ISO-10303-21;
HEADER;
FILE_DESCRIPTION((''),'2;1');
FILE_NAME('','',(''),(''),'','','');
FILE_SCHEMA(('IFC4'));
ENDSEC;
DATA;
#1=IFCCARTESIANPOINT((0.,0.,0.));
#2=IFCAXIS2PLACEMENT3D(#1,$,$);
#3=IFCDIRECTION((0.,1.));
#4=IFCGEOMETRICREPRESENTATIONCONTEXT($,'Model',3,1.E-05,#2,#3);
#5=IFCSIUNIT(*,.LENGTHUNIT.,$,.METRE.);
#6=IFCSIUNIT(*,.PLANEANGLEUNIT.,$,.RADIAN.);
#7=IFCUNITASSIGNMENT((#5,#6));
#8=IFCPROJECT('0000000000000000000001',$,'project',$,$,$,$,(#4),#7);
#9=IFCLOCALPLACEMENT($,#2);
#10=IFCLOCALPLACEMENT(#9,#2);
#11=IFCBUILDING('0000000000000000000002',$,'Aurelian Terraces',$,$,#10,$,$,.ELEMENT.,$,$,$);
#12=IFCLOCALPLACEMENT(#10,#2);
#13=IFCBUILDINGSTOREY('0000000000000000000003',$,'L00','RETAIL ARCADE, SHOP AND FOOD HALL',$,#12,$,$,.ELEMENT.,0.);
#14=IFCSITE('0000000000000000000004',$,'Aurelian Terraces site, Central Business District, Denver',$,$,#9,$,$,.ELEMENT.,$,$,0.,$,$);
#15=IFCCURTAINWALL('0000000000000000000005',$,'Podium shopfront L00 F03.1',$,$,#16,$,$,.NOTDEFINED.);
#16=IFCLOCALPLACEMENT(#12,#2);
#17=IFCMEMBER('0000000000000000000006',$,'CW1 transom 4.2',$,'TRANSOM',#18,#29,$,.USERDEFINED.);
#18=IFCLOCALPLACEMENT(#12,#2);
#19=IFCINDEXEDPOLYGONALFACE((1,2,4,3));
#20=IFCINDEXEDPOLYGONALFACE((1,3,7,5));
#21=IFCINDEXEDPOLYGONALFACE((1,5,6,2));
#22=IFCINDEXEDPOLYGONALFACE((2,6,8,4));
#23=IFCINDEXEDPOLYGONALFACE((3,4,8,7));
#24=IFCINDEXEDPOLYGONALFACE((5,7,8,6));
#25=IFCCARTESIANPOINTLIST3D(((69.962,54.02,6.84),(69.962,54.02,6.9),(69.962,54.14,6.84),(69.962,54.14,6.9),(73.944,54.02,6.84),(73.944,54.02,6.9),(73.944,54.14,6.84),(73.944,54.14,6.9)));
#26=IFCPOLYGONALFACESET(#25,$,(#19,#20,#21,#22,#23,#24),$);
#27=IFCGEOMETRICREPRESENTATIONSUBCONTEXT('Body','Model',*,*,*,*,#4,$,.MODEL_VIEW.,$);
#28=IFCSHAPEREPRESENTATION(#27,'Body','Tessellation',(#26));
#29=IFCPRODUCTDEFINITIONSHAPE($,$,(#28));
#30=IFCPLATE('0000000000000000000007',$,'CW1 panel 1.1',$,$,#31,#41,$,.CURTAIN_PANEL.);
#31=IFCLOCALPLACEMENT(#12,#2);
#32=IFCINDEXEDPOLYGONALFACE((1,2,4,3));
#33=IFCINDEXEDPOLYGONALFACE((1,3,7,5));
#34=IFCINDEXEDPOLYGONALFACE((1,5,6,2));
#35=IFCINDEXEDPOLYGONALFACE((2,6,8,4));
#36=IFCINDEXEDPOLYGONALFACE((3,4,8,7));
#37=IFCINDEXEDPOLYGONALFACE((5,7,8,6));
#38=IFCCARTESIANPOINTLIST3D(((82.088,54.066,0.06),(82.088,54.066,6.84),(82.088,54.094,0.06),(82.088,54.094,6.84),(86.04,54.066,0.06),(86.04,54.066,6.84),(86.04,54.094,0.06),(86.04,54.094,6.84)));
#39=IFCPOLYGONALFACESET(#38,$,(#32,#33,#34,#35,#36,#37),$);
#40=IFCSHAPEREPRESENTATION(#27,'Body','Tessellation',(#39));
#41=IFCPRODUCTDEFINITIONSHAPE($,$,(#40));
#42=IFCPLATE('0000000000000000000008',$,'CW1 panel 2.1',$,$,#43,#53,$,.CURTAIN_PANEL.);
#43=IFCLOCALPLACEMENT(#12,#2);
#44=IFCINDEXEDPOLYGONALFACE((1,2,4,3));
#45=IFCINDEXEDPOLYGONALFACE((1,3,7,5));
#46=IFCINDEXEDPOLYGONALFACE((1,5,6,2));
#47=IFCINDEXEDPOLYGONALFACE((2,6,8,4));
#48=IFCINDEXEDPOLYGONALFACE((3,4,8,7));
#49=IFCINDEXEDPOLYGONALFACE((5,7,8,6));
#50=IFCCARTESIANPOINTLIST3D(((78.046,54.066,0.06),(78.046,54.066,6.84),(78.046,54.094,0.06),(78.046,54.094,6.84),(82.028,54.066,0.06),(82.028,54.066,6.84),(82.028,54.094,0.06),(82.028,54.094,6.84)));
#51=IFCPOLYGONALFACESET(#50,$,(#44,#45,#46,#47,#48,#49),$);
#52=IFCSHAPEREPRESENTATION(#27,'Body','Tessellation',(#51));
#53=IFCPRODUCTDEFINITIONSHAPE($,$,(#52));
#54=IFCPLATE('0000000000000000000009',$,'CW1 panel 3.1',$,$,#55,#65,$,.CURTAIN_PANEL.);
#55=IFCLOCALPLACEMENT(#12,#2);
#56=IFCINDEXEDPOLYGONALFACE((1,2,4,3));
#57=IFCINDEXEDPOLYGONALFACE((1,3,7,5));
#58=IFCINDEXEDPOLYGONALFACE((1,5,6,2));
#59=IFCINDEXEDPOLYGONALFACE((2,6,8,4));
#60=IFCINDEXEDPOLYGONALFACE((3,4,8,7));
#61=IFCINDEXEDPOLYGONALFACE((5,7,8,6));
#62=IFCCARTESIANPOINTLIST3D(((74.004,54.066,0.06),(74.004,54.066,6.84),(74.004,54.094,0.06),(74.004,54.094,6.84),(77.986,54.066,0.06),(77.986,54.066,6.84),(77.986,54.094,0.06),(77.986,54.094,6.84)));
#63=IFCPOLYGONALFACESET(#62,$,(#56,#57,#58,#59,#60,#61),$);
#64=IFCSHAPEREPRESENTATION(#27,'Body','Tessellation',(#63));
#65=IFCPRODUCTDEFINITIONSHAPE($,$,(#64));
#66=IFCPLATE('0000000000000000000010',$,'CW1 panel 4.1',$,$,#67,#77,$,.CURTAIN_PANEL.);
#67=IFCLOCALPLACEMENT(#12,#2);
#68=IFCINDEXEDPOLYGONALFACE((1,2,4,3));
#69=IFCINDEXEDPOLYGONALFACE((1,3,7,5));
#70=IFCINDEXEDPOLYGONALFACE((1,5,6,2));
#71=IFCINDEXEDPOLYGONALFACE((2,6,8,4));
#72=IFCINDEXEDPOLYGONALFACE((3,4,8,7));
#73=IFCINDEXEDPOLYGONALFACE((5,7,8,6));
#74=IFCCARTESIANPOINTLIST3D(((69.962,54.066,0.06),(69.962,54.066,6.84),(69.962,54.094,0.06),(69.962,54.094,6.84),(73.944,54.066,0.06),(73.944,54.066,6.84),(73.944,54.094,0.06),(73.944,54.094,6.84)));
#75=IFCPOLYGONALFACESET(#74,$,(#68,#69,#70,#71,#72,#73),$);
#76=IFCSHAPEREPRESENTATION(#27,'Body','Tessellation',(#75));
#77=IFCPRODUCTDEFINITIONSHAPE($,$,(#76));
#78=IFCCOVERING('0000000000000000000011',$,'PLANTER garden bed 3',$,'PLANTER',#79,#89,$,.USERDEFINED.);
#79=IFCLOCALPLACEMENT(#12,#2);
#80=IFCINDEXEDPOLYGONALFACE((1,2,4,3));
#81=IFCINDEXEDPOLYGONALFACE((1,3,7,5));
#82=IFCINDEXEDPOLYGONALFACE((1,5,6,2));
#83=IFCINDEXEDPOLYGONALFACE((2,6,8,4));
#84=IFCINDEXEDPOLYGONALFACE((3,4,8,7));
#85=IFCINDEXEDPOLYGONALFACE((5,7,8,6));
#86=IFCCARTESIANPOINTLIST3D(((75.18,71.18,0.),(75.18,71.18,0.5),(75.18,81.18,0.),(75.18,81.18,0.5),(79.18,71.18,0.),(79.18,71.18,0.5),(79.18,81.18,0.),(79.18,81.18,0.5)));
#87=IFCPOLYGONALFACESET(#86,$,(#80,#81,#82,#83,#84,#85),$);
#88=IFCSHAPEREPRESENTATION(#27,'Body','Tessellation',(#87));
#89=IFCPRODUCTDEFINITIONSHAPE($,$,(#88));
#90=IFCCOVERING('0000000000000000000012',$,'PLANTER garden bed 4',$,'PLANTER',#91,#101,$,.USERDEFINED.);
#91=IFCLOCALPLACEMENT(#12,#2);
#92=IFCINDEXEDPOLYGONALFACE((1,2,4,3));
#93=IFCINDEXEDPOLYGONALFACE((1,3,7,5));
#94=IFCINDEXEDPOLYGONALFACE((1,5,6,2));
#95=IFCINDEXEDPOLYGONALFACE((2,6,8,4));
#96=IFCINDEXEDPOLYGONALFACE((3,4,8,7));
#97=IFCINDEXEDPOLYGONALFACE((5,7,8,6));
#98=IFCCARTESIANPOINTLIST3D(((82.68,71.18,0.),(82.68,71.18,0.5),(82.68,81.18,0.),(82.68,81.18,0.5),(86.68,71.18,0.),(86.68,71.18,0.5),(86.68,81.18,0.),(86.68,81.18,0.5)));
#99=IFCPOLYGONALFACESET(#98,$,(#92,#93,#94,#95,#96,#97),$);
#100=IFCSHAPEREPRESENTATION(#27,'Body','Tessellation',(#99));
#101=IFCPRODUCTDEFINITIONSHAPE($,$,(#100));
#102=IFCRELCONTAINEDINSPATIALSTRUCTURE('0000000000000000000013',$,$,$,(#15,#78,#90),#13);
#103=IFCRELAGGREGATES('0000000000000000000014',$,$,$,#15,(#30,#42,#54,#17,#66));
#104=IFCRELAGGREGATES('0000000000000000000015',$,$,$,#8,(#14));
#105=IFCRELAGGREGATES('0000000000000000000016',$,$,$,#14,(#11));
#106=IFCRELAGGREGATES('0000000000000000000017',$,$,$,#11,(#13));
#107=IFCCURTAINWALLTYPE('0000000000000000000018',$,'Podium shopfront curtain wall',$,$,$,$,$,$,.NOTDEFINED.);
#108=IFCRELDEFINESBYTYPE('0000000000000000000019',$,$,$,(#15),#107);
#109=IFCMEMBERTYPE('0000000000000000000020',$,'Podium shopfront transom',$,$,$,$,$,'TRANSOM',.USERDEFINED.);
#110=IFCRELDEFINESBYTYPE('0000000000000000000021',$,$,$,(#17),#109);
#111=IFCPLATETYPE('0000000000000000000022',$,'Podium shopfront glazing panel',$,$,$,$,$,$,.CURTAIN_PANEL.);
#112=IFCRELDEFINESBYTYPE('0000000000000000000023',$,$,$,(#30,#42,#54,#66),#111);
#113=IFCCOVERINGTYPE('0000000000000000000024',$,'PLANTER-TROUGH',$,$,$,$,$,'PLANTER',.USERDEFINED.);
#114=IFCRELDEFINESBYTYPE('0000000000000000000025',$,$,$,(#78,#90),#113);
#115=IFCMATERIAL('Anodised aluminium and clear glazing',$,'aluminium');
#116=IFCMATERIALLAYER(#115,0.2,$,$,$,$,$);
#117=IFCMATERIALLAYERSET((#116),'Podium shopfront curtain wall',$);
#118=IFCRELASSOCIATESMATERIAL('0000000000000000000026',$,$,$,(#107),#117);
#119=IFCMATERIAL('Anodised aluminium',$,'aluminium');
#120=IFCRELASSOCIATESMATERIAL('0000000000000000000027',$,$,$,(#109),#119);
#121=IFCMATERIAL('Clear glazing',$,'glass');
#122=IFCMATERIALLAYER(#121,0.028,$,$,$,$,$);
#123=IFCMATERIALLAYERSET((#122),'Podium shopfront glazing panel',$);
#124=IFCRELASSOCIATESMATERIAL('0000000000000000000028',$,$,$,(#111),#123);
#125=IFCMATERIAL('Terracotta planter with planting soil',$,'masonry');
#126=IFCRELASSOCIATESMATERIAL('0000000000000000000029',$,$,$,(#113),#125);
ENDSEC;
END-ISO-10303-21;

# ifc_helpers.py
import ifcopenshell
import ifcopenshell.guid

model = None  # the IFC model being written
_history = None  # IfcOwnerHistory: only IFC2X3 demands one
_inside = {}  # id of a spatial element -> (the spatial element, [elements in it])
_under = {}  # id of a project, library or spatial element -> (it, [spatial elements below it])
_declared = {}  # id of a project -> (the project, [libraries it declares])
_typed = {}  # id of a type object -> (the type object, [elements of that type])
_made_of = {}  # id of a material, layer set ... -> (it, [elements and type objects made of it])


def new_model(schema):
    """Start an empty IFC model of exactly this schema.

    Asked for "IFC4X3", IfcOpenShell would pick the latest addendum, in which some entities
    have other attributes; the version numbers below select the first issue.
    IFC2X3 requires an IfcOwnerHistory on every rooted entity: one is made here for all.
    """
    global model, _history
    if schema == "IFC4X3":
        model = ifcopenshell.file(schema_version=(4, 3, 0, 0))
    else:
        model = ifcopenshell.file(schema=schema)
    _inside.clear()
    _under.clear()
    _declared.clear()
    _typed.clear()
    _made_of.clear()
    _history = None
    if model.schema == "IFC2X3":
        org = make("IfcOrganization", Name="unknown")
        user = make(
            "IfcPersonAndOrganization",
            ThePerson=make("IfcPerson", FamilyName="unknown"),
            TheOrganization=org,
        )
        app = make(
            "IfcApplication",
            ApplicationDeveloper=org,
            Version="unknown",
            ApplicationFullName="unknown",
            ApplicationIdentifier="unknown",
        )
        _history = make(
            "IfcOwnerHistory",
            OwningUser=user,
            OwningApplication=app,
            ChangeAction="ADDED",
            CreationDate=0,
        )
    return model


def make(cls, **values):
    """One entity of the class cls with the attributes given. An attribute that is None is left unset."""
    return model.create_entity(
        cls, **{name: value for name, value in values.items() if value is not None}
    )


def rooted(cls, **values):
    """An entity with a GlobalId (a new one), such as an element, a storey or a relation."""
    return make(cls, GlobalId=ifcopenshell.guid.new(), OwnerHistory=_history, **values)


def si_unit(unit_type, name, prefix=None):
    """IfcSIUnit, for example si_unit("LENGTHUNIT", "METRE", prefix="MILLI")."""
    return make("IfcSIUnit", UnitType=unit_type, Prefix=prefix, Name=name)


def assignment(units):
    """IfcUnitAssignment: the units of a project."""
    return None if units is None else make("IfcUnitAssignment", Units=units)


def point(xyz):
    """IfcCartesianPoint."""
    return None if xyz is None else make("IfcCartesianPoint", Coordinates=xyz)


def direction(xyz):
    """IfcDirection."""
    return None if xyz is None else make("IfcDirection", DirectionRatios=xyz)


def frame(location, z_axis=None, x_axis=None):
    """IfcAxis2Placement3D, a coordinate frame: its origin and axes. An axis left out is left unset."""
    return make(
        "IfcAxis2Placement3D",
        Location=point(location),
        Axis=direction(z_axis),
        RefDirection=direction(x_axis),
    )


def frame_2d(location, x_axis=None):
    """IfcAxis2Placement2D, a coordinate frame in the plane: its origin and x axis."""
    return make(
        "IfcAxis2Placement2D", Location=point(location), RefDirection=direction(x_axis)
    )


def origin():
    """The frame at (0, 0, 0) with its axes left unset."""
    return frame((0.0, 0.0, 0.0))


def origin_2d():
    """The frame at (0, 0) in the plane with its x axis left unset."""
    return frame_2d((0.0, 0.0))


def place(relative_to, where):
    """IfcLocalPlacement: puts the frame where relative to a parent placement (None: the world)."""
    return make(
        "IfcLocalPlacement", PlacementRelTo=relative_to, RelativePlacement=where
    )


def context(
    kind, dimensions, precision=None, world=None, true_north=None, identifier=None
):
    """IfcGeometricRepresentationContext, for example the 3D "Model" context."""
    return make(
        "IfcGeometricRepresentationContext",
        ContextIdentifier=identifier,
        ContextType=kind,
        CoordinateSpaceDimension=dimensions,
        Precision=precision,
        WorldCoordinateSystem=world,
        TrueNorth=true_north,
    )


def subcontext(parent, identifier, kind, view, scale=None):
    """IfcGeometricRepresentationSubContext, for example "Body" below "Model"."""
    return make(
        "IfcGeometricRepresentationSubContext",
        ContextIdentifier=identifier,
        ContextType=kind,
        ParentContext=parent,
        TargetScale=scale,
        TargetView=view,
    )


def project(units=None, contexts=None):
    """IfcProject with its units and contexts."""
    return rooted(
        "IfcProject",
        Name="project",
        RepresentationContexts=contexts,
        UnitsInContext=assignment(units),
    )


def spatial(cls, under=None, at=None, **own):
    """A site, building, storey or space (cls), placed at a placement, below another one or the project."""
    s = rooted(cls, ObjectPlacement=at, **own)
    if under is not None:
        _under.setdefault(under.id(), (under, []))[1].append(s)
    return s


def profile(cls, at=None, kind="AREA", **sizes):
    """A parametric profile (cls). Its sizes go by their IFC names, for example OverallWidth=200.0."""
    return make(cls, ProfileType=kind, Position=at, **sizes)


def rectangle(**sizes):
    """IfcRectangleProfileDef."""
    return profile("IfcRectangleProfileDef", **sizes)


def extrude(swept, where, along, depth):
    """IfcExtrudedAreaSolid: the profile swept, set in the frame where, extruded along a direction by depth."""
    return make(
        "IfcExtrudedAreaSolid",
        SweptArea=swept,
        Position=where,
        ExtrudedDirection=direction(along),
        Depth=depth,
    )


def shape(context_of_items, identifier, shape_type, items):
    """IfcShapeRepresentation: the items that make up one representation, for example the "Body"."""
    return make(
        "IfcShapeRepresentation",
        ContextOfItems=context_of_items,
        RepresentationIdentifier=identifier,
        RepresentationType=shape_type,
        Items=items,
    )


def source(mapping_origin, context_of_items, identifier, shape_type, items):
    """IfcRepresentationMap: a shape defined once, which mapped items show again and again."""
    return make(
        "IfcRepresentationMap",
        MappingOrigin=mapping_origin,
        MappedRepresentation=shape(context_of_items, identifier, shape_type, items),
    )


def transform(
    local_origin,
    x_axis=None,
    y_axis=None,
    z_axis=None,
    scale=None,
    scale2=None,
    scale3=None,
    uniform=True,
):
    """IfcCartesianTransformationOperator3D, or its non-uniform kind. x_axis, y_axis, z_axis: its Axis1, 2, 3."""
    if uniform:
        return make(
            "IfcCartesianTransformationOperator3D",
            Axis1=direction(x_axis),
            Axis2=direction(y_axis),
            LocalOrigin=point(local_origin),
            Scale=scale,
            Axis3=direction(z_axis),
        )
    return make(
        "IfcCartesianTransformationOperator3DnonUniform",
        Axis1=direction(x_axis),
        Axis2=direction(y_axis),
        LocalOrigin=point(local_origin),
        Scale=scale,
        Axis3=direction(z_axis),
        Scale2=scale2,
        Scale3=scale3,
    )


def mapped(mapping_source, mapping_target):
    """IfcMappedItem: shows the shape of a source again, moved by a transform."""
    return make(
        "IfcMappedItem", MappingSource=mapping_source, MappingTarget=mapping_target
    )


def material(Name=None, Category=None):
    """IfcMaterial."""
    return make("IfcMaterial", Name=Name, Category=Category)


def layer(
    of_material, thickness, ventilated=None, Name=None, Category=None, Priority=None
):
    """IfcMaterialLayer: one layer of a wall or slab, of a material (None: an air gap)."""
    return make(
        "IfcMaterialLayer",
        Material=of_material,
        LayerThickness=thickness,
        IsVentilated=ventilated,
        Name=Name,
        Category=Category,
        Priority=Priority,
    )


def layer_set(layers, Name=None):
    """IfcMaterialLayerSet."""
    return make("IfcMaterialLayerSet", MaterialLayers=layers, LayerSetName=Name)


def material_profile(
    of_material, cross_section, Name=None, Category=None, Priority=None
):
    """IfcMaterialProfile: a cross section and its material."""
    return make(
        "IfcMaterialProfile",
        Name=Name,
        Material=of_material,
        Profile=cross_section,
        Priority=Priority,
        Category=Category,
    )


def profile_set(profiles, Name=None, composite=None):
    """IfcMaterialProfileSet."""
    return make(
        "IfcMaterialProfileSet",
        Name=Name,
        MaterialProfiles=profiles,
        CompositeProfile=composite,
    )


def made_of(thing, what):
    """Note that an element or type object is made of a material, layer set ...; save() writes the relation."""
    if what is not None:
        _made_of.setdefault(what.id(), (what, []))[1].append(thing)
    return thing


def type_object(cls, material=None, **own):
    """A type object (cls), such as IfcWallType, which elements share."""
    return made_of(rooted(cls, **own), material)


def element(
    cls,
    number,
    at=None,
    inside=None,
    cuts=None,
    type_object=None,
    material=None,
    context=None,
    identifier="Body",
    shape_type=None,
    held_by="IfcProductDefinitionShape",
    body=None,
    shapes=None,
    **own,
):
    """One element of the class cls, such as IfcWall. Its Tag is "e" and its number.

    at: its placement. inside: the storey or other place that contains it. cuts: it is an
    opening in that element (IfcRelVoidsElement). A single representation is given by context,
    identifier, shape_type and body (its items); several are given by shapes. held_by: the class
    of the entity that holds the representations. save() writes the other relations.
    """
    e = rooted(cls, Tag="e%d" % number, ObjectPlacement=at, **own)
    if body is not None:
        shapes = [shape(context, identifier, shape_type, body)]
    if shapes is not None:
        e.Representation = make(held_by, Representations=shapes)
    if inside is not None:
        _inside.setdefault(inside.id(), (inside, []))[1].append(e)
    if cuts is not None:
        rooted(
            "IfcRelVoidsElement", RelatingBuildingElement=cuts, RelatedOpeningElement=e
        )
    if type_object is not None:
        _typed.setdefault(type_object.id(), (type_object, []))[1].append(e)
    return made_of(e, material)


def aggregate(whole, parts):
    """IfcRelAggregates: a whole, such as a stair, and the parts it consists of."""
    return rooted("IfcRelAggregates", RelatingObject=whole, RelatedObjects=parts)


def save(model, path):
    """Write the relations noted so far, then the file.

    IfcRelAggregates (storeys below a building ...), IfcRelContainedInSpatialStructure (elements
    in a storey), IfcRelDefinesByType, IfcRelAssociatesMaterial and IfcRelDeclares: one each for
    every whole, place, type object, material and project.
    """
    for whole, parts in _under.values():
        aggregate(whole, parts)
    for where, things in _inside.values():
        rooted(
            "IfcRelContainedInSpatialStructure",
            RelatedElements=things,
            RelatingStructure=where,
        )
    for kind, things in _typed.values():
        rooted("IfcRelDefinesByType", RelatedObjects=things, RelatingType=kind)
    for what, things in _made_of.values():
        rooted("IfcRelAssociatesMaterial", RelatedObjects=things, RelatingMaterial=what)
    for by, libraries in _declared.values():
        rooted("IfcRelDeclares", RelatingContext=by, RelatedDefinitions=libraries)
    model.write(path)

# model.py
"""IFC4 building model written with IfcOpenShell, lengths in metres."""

from ifc_helpers import new_model, si_unit, direction, frame, origin, origin_2d, place, context, subcontext, project, spatial, rectangle, extrude, source, transform, mapped, material, layer, layer_set, material_profile, profile_set, type_object, element, aggregate, save


model = new_model("IFC4")

# Units and contexts
model_context = context("Model", 3, precision=1e-05, world=origin(), true_north=direction((0.0, 1.0)))
body_context = subcontext(model_context, "Body", "Model", "MODEL_VIEW")
ifc_project = project(units=[si_unit("LENGTHUNIT", "METRE"), si_unit("PLANEANGLEUNIT", "RADIAN")], contexts=[model_context])

# Site, building, storey
site_placement = place(None, origin())
site = spatial("IfcSite", under=ifc_project, at=site_placement, Name="Aurelian Terraces site, Central Business District, Denver", CompositionType="ELEMENT", RefElevation=0.0)
building_placement = place(site_placement, origin())
building = spatial("IfcBuilding", under=site, at=building_placement, Name="Aurelian Terraces", CompositionType="ELEMENT")
storey_placement = place(building_placement, origin())
storey = spatial("IfcBuildingStorey", under=building, at=storey_placement, Name="L00", Description="RETAIL ARCADE, SHOP AND FOOD HALL", CompositionType="ELEMENT", Elevation=0.0)

# Curtain wall
ifc_material_1 = material(Name="Anodised aluminium and clear glazing", Category="aluminium")
ifc_layer_1 = layer(ifc_material_1, 0.2)
ifc_layer_set_1 = layer_set([ifc_layer_1], Name="Podium shopfront curtain wall")
curtain_wall_type = type_object("IfcCurtainWallType", Name="Podium shopfront curtain wall", PredefinedType="NOTDEFINED", material=ifc_layer_set_1)
curtain_wall_1_placement = place(storey_placement, origin())
curtain_wall_1 = element("IfcCurtainWall", 1, at=curtain_wall_1_placement, inside=storey, type_object=curtain_wall_type, Name="Podium shopfront L00 F03.1", PredefinedType="NOTDEFINED")
ifc_material_2 = material(Name="Anodised aluminium", Category="aluminium")
ifc_material_profile_1 = material_profile(ifc_material_2, rectangle(XDim=0.12, YDim=0.06, at=origin_2d()))
ifc_profile_set_1 = profile_set([ifc_material_profile_1], Name="Anodised aluminium")
member_type_1 = type_object("IfcMemberType", Name="Podium shopfront transom", ElementType="TRANSOM", PredefinedType="USERDEFINED", material=ifc_profile_set_1)

# Member
shared_shape_1 = source(origin(), body_context, "Body", "SweptSolid", [
    extrude(rectangle(XDim=0.12, YDim=0.06, at=origin_2d()), origin(), (0.0, 0.0, 1.0), 3.982),
])
member_1_placement = place(storey_placement, frame((73.944, 54.08, 6.87), z_axis=(-1.0, 0.0, 0.0), x_axis=(0.0, -1.0, 0.0)))
member_1 = element("IfcMember", 2, at=member_1_placement, type_object=member_type_1, Name="CW1 transom 4.2", ObjectType="TRANSOM", PredefinedType="USERDEFINED", context=body_context, shape_type="MappedRepresentation", body=[
    mapped(shared_shape_1, transform((0.0, 0.0, 0.0), scale=1.0)),
])

# Plates
ifc_material_3 = material(Name="Clear glazing", Category="glass")
ifc_layer_2 = layer(ifc_material_3, 0.028)
ifc_layer_set_2 = layer_set([ifc_layer_2], Name="Podium shopfront glazing panel")
plate_type = type_object("IfcPlateType", Name="Podium shopfront glazing panel", PredefinedType="CURTAIN_PANEL", material=ifc_layer_set_2)
plate_1_placement = place(storey_placement, frame((84.064, 54.08, 0.06), z_axis=(0.0, 0.0, 1.0), x_axis=(-1.0, 0.0, 0.0)))
plate_1 = element("IfcPlate", 3, at=plate_1_placement, type_object=plate_type, Name="CW1 panel 1.1", PredefinedType="CURTAIN_PANEL", context=body_context, shape_type="SweptSolid", body=[
    extrude(rectangle(XDim=3.952, YDim=0.028, at=origin_2d()), origin(), (0.0, 0.0, 1.0), 6.78),
])
plate_2_placement = place(storey_placement, frame((80.037, 54.08, 0.06), z_axis=(0.0, 0.0, 1.0), x_axis=(-1.0, 0.0, 0.0)))
plate_2 = element("IfcPlate", 4, at=plate_2_placement, type_object=plate_type, Name="CW1 panel 2.1", PredefinedType="CURTAIN_PANEL", context=body_context, shape_type="SweptSolid", body=[
    extrude(rectangle(XDim=3.982, YDim=0.028, at=origin_2d()), origin(), (0.0, 0.0, 1.0), 6.78),
])
shared_shape_2 = source(origin(), body_context, "Body", "SweptSolid", [
    extrude(rectangle(XDim=3.982, YDim=0.028, at=origin_2d()), origin(), (0.0, 0.0, 1.0), 6.78),
])
plate_3_placement = place(storey_placement, frame((75.995, 54.08, 0.06), z_axis=(0.0, 0.0, 1.0), x_axis=(-1.0, 0.0, 0.0)))
plate_3 = element("IfcPlate", 5, at=plate_3_placement, type_object=plate_type, Name="CW1 panel 3.1", PredefinedType="CURTAIN_PANEL", context=body_context, shape_type="MappedRepresentation", body=[
    mapped(shared_shape_2, transform((0.0, 0.0, 0.0), scale=1.0)),
])
plate_4_placement = place(storey_placement, frame((71.953, 54.08, 0.06), z_axis=(0.0, 0.0, 1.0), x_axis=(-1.0, 0.0, 0.0)))
plate_4 = element("IfcPlate", 6, at=plate_4_placement, type_object=plate_type, Name="CW1 panel 4.1", PredefinedType="CURTAIN_PANEL", context=body_context, shape_type="MappedRepresentation", body=[
    mapped(shared_shape_2, transform((0.0, 0.0, 0.0), scale=1.0)),
])
aggregate(curtain_wall_1, [plate_1, plate_2, plate_3, member_1, plate_4])

# Coverings
ifc_material_4 = material(Name="Terracotta planter with planting soil", Category="masonry")
covering_type = type_object("IfcCoveringType", Name="PLANTER-TROUGH", ElementType="PLANTER", PredefinedType="USERDEFINED", material=ifc_material_4)
shared_shape_3 = source(origin(), body_context, "Body", "SweptSolid", [
    extrude(rectangle(XDim=4.0, YDim=10.0, at=origin_2d()), origin(), (0.0, 0.0, 1.0), 0.5),
])
for number, where, z_axis, x_axis, name in (
    (7, (77.18, 76.18, 0.0), (0.0, 0.0, 1.0), (1.0, 0.0, 0.0), "PLANTER garden bed 3"),
    (8, (84.68, 76.18, 0.0), (0.0, 0.0, 1.0), (1.0, 0.0, 0.0), "PLANTER garden bed 4"),
):
    element("IfcCovering", number, at=place(storey_placement, frame(where, z_axis=z_axis, x_axis=x_axis)), inside=storey, type_object=covering_type, Name=name, ObjectType="PLANTER", PredefinedType="USERDEFINED", context=body_context, shape_type="MappedRepresentation", body=[
        mapped(shared_shape_3, transform((0.0, 0.0, 0.0), scale=1.0)),
    ])

save(model, "model.ifc")
